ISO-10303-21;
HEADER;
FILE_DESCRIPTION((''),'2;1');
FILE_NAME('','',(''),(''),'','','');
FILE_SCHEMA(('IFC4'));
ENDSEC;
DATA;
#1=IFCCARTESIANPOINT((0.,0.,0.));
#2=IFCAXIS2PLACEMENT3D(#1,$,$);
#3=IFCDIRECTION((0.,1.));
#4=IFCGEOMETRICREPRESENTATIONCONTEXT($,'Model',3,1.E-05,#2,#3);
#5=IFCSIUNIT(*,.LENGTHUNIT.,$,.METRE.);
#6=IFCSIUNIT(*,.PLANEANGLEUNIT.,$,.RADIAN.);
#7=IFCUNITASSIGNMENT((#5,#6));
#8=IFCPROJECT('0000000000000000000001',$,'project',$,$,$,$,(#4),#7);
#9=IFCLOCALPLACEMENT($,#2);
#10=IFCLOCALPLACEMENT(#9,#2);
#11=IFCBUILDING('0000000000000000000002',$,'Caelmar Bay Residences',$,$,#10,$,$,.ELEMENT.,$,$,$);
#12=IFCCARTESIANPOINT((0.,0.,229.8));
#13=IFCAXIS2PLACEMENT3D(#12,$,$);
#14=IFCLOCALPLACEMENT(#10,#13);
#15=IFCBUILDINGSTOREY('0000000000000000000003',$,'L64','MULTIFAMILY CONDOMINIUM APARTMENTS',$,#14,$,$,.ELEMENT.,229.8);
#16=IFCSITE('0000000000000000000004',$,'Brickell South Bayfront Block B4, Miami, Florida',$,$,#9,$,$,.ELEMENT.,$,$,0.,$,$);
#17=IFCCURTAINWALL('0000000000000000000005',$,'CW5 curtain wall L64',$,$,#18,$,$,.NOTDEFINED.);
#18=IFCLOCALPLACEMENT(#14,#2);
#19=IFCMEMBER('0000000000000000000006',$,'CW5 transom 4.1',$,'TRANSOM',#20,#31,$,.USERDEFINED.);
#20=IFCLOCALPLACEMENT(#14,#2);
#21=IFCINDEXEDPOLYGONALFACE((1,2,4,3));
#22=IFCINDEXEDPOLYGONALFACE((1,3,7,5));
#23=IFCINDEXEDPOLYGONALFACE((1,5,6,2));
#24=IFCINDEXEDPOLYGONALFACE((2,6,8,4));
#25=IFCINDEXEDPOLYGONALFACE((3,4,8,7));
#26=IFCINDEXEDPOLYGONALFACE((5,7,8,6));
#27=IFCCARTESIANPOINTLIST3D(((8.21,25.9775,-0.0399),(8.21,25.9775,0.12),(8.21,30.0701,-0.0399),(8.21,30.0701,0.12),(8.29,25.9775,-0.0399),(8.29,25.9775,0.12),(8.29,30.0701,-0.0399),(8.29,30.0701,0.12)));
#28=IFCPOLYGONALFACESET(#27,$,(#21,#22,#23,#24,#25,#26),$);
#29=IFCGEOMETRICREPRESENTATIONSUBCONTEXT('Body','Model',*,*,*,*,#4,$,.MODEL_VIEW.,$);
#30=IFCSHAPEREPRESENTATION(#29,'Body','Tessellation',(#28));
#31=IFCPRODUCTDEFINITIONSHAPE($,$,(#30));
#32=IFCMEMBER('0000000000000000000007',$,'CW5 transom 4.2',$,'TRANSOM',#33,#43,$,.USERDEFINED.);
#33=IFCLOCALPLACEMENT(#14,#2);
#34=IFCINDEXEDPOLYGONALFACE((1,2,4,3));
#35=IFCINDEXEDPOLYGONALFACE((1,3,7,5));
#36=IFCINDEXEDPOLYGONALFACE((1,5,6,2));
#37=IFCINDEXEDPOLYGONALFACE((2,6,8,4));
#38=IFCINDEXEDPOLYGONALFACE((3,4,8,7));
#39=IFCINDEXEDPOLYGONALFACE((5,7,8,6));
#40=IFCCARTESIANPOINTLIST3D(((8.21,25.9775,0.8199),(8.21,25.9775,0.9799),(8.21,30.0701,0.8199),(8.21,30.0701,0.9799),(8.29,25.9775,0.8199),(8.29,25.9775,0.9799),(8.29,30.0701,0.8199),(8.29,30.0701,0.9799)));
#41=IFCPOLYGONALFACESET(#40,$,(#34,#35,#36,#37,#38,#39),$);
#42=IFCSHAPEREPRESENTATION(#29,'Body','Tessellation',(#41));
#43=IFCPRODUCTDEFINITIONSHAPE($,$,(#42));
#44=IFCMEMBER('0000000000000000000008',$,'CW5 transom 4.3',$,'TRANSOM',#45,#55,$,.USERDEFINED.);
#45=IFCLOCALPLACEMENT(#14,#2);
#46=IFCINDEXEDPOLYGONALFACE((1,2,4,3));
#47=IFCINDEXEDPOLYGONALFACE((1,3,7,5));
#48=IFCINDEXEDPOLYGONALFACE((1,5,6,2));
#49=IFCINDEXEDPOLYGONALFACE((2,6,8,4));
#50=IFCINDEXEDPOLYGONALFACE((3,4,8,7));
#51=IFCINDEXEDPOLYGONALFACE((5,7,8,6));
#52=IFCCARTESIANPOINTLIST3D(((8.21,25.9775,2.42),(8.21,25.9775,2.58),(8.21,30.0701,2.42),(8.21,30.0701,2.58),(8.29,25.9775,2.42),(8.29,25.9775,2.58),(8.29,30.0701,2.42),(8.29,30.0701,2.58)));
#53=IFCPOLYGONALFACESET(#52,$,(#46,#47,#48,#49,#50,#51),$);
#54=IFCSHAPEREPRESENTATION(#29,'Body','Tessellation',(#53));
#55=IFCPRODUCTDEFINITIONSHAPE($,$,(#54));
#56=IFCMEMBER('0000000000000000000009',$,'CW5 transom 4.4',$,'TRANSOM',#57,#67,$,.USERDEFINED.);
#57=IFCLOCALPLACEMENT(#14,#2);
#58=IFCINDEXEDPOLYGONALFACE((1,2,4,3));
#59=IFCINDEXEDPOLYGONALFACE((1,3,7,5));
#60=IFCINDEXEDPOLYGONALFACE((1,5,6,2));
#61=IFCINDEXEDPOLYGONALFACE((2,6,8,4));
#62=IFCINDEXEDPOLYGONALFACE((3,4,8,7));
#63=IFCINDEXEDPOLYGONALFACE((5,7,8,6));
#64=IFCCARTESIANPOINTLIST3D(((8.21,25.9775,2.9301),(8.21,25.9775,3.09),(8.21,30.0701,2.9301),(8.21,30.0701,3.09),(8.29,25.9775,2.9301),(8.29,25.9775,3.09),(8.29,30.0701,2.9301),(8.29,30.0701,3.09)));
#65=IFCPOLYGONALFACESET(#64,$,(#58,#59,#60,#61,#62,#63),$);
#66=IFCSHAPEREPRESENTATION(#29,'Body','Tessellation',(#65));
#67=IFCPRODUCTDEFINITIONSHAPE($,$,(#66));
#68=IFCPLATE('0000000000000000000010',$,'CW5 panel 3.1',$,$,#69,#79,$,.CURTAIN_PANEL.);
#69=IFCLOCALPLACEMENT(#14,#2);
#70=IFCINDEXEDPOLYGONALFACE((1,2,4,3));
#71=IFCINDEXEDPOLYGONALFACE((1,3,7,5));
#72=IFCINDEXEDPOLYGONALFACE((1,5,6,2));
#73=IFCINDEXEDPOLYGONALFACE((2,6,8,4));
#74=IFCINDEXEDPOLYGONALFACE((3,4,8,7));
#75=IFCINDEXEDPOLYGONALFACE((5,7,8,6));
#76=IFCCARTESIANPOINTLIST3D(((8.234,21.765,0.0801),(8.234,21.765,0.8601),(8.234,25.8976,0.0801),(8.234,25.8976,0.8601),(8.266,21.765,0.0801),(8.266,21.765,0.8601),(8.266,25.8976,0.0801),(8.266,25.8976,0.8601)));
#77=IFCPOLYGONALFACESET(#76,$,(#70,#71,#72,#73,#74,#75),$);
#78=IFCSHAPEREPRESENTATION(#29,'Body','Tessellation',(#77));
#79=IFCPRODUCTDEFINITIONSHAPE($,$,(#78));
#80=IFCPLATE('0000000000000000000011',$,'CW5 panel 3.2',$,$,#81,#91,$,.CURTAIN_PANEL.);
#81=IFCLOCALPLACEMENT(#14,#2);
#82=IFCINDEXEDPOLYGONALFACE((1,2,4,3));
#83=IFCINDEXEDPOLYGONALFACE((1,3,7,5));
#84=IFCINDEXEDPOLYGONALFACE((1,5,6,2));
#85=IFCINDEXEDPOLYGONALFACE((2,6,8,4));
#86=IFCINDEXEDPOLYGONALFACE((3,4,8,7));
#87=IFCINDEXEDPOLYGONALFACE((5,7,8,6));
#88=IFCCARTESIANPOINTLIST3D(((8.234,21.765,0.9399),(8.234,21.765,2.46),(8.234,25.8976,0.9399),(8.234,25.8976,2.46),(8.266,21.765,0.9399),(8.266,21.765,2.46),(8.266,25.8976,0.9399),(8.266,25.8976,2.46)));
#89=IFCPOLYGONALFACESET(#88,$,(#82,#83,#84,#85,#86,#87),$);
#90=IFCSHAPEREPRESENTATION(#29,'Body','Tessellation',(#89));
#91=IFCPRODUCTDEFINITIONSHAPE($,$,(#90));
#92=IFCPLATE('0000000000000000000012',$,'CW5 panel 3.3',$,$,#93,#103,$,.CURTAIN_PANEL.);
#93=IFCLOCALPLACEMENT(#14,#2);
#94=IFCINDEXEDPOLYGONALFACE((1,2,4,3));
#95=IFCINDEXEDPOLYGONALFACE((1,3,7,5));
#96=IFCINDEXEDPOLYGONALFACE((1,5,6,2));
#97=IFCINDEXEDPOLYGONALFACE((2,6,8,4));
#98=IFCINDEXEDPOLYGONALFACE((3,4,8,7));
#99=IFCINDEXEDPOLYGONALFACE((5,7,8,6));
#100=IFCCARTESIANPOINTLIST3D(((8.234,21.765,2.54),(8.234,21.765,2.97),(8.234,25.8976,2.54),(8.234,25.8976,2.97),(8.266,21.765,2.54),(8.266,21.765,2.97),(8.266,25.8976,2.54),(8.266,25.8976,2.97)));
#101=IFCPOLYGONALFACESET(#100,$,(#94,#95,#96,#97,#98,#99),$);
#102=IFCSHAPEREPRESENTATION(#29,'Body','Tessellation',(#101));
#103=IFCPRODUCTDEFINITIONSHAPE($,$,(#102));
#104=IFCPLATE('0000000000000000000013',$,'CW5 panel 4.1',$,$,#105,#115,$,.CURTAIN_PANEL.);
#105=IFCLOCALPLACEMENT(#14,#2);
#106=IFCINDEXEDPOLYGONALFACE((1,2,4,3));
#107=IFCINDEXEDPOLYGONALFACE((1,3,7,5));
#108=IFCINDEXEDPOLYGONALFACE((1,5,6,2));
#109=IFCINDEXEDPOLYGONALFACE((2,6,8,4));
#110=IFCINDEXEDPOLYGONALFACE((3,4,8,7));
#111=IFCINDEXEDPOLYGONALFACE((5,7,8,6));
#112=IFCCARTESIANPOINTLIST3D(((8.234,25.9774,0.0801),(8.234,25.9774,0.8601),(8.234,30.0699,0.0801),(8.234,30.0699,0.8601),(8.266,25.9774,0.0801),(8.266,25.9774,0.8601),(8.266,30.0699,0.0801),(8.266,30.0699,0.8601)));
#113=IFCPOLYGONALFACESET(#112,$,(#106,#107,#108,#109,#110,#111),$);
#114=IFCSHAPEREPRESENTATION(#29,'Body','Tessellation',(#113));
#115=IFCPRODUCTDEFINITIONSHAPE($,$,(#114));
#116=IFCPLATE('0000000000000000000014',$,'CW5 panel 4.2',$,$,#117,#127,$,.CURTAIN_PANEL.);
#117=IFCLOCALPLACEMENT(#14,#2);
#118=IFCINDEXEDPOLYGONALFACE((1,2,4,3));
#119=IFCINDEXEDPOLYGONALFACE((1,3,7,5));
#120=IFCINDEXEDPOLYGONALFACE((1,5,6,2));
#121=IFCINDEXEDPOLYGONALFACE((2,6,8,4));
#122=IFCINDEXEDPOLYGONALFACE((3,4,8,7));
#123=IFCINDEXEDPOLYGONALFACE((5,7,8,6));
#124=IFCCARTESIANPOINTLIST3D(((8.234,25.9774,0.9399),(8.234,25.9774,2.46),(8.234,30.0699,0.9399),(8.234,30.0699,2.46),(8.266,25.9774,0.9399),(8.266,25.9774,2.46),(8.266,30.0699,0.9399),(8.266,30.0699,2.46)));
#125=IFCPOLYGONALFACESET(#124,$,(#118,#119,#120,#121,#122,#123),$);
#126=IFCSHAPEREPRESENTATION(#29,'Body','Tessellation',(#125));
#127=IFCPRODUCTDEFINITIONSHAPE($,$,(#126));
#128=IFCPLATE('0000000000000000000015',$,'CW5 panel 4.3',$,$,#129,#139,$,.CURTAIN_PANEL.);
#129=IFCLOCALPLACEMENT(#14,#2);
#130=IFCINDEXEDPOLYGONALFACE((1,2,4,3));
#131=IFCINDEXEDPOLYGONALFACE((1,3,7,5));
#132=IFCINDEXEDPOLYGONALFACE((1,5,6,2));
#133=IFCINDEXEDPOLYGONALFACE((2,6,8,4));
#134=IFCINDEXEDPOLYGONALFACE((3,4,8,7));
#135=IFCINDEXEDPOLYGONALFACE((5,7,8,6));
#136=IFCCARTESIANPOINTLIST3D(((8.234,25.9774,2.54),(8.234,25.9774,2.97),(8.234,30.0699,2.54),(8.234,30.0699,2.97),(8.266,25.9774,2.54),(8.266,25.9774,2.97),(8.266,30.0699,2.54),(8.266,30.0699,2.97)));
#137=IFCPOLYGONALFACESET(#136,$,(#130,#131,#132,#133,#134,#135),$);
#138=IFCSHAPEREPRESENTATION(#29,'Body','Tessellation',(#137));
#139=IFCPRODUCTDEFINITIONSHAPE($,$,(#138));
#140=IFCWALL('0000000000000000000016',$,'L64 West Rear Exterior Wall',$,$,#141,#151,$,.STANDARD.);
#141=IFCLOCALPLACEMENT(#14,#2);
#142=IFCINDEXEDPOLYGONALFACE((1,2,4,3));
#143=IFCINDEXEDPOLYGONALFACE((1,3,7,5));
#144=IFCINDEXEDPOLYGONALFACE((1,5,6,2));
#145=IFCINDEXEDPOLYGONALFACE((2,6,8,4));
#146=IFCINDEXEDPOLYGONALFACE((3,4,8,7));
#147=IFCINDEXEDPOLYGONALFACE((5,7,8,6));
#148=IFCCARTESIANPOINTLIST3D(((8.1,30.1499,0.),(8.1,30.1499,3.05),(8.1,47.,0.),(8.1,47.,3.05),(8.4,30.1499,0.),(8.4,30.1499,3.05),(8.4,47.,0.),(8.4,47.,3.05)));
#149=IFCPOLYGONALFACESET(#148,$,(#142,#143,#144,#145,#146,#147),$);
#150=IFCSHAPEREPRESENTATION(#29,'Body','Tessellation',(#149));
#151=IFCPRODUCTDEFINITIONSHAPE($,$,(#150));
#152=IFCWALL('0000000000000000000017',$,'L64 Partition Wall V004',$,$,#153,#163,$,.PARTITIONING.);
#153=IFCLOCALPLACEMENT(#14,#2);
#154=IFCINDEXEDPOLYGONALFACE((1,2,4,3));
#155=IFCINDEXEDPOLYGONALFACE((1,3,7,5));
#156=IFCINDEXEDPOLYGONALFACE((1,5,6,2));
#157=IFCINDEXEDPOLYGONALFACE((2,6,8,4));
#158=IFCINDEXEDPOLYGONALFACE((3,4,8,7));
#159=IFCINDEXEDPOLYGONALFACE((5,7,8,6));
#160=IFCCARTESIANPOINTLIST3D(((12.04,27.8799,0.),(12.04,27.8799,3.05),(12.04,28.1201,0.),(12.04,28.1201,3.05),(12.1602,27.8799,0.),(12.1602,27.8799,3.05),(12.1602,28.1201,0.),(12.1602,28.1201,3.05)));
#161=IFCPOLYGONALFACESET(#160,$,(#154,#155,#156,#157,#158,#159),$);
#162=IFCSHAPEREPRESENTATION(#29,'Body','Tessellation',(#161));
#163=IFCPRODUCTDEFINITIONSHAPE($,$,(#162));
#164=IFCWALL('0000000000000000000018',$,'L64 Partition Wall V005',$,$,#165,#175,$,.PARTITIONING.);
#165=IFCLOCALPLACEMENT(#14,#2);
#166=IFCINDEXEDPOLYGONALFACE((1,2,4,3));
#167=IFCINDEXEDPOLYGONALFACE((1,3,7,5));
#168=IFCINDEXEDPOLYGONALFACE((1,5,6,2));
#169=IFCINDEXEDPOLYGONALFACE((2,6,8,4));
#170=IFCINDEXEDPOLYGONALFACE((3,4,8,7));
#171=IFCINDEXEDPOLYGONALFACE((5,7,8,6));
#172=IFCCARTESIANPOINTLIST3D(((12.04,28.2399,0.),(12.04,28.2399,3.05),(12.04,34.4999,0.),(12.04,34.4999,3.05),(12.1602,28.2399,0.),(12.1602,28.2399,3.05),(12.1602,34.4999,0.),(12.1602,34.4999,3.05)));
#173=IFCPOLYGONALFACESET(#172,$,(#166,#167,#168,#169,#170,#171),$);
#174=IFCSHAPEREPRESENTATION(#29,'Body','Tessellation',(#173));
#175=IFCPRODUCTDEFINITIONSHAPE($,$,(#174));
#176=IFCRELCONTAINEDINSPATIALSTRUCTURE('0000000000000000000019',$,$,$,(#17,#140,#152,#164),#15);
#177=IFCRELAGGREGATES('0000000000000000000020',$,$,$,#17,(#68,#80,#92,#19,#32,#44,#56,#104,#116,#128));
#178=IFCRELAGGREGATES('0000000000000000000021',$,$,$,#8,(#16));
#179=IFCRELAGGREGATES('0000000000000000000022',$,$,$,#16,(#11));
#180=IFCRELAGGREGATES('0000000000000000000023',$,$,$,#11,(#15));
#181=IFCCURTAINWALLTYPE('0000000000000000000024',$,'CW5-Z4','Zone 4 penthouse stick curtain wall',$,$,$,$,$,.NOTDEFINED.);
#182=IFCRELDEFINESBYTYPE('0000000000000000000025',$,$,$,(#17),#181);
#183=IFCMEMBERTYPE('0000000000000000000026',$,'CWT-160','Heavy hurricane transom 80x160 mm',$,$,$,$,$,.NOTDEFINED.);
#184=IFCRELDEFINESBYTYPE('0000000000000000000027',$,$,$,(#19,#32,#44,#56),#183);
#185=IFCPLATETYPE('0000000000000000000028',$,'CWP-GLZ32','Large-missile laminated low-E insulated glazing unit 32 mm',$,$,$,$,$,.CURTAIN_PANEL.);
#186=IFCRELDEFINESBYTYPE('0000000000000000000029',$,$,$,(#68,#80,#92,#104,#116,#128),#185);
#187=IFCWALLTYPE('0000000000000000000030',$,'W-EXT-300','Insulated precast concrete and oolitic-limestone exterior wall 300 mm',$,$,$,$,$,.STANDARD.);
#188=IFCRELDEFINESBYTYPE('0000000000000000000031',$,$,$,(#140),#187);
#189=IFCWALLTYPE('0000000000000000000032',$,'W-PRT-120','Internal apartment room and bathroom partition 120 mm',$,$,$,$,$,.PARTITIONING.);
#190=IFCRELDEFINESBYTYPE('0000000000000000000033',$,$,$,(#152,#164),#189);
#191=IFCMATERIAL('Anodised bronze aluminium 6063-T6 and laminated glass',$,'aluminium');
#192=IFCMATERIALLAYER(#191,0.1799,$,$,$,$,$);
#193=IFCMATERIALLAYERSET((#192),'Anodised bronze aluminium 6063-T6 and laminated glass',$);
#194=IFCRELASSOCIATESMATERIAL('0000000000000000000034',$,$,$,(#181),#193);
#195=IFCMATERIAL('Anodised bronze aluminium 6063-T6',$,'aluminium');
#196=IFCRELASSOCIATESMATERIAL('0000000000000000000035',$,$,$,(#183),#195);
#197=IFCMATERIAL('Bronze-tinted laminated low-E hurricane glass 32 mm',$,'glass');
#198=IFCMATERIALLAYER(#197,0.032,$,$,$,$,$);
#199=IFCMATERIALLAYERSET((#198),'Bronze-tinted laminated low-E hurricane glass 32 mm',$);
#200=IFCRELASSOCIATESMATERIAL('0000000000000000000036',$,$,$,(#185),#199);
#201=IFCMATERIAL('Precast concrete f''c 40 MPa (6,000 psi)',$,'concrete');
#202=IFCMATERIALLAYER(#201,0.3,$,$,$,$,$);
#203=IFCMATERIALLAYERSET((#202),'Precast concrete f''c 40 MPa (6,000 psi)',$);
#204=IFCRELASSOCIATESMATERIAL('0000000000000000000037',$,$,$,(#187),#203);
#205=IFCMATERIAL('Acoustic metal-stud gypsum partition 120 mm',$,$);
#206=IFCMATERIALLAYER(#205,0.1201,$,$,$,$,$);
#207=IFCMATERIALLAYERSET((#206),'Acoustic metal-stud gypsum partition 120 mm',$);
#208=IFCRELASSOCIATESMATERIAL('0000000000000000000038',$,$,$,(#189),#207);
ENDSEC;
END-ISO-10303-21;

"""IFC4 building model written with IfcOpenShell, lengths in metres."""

from ifc_helpers import new_model, si_unit, direction, frame, frame_2d, origin, origin_2d, place, context, subcontext, project, spatial, rectangle, extrude, material, layer, layer_set, material_profile, profile_set, type_object, element, aggregate, save


model = new_model("IFC4")

# Units and contexts
model_context = context("Model", 3, precision=1e-05, world=origin(), true_north=direction((0.0, 1.0)))
body_context = subcontext(model_context, "Body", "Model", "MODEL_VIEW")
ifc_project = project(units=[si_unit("LENGTHUNIT", "METRE"), si_unit("PLANEANGLEUNIT", "RADIAN")], contexts=[model_context])

# Site, building, storey
site_placement = place(None, origin())
site = spatial("IfcSite", under=ifc_project, at=site_placement, Name="Brickell South Bayfront Block B4, Miami, Florida", CompositionType="ELEMENT", RefElevation=0.0)
building_placement = place(site_placement, origin())
building = spatial("IfcBuilding", under=site, at=building_placement, Name="Caelmar Bay Residences", CompositionType="ELEMENT")
storey_placement = place(building_placement, frame((0.0, 0.0, 229.8)))
storey = spatial("IfcBuildingStorey", under=building, at=storey_placement, Name="L64", Description="MULTIFAMILY CONDOMINIUM APARTMENTS", CompositionType="ELEMENT", Elevation=229.8)

# Curtain wall, members, plates
ifc_material_1 = material(Name="Anodised bronze aluminium 6063-T6 and laminated glass", Category="aluminium")
ifc_layer_1 = layer(ifc_material_1, 0.1799)
ifc_layer_set_1 = layer_set([ifc_layer_1], Name="Anodised bronze aluminium 6063-T6 and laminated glass")
curtain_wall_type = type_object("IfcCurtainWallType", Name="CW5-Z4", Description="Zone 4 penthouse stick curtain wall", PredefinedType="NOTDEFINED", material=ifc_layer_set_1)
curtain_wall_placement = place(storey_placement, origin())
curtain_wall = element("IfcCurtainWall", 1, at=curtain_wall_placement, inside=storey, type_object=curtain_wall_type, Name="CW5 curtain wall L64", PredefinedType="NOTDEFINED")
ifc_material_2 = material(Name="Anodised bronze aluminium 6063-T6", Category="aluminium")
ifc_material_profile_1 = material_profile(ifc_material_2, rectangle(XDim=0.0801, YDim=0.1599, at=origin_2d()), Name="CWT-80X160")
ifc_profile_set_1 = profile_set([ifc_material_profile_1], Name="Anodised bronze aluminium 6063-T6")
member_type_1 = type_object("IfcMemberType", Name="CWT-160", Description="Heavy hurricane transom 80x160 mm", PredefinedType="NOTDEFINED", material=ifc_profile_set_1)
member_1_placement = place(storey_placement, frame((8.25, 25.9775, 0.04), z_axis=(0.0, 1.0, 0.0), x_axis=(-1.0, 0.0, 0.0)))
member_1 = element("IfcMember", 2, at=member_1_placement, type_object=member_type_1, Name="CW5 transom 4.1", ObjectType="TRANSOM", PredefinedType="USERDEFINED", context=body_context, shape_type="SweptSolid", body=[
    extrude(rectangle(XDim=0.0801, YDim=0.1599, at=origin_2d()), origin(), (0.0, 0.0, 1.0), 4.0925),
])
member_2_placement = place(storey_placement, frame((8.25, 25.9775, 0.8999), z_axis=(0.0, 1.0, 0.0), x_axis=(-1.0, 0.0, 0.0)))
member_2 = element("IfcMember", 3, at=member_2_placement, type_object=member_type_1, Name="CW5 transom 4.2", ObjectType="TRANSOM", PredefinedType="USERDEFINED", context=body_context, shape_type="SweptSolid", body=[
    extrude(rectangle(XDim=0.0801, YDim=0.1599, at=origin_2d()), origin(), (0.0, 0.0, 1.0), 4.0925),
])
member_3_placement = place(storey_placement, frame((8.25, 25.9775, 2.5), z_axis=(0.0, 1.0, 0.0), x_axis=(-1.0, 0.0, 0.0)))
member_3 = element("IfcMember", 4, at=member_3_placement, type_object=member_type_1, Name="CW5 transom 4.3", ObjectType="TRANSOM", PredefinedType="USERDEFINED", context=body_context, shape_type="SweptSolid", body=[
    extrude(rectangle(XDim=0.0801, YDim=0.1599, at=origin_2d()), origin(), (0.0, 0.0, 1.0), 4.0925),
])
member_4_placement = place(storey_placement, frame((8.25, 25.9775, 3.01), z_axis=(0.0, 1.0, 0.0), x_axis=(-1.0, 0.0, 0.0)))
member_4 = element("IfcMember", 5, at=member_4_placement, type_object=member_type_1, Name="CW5 transom 4.4", ObjectType="TRANSOM", PredefinedType="USERDEFINED", context=body_context, shape_type="SweptSolid", body=[
    extrude(rectangle(XDim=0.0801, YDim=0.1599, at=origin_2d()), origin(), (0.0, 0.0, 1.0), 4.0925),
])
ifc_material_3 = material(Name="Bronze-tinted laminated low-E hurricane glass 32 mm", Category="glass")
ifc_layer_2 = layer(ifc_material_3, 0.032)
ifc_layer_set_2 = layer_set([ifc_layer_2], Name="Bronze-tinted laminated low-E hurricane glass 32 mm")
plate_type = type_object("IfcPlateType", Name="CWP-GLZ32", Description="Large-missile laminated low-E insulated glazing unit 32 mm", PredefinedType="CURTAIN_PANEL", material=ifc_layer_set_2)
plate_1_placement = place(storey_placement, frame((8.25, 23.8313, 0.0801), z_axis=(0.0, 0.0, 1.0), x_axis=(0.0, 1.0, 0.0)))
plate_1 = element("IfcPlate", 6, at=plate_1_placement, type_object=plate_type, Name="CW5 panel 3.1", PredefinedType="CURTAIN_PANEL", context=body_context, shape_type="SweptSolid", body=[
    extrude(rectangle(XDim=4.1326, YDim=0.032, at=origin_2d()), origin(), (0.0, 0.0, 1.0), 0.78),
])
plate_2_placement = place(storey_placement, frame((8.25, 23.8313, 0.9399), z_axis=(0.0, 0.0, 1.0), x_axis=(0.0, 1.0, 0.0)))
plate_2 = element("IfcPlate", 7, at=plate_2_placement, type_object=plate_type, Name="CW5 panel 3.2", PredefinedType="CURTAIN_PANEL", context=body_context, shape_type="SweptSolid", body=[
    extrude(rectangle(XDim=4.1326, YDim=0.032, at=origin_2d()), origin(), (0.0, 0.0, 1.0), 1.52),
])
plate_3_placement = place(storey_placement, frame((8.25, 23.8313, 2.54), z_axis=(0.0, 0.0, 1.0), x_axis=(0.0, 1.0, 0.0)))
plate_3 = element("IfcPlate", 8, at=plate_3_placement, type_object=plate_type, Name="CW5 panel 3.3", PredefinedType="CURTAIN_PANEL", context=body_context, shape_type="SweptSolid", body=[
    extrude(rectangle(XDim=4.1326, YDim=0.032, at=origin_2d()), origin(), (0.0, 0.0, 1.0), 0.4299),
])
plate_4_placement = place(storey_placement, frame((8.25, 28.0237, 0.0801), z_axis=(0.0, 0.0, 1.0), x_axis=(0.0, 1.0, 0.0)))
plate_4 = element("IfcPlate", 9, at=plate_4_placement, type_object=plate_type, Name="CW5 panel 4.1", PredefinedType="CURTAIN_PANEL", context=body_context, shape_type="SweptSolid", body=[
    extrude(rectangle(XDim=4.0925, YDim=0.032, at=origin_2d()), origin(), (0.0, 0.0, 1.0), 0.78),
])
plate_5_placement = place(storey_placement, frame((8.25, 28.0237, 0.9399), z_axis=(0.0, 0.0, 1.0), x_axis=(0.0, 1.0, 0.0)))
plate_5 = element("IfcPlate", 10, at=plate_5_placement, type_object=plate_type, Name="CW5 panel 4.2", PredefinedType="CURTAIN_PANEL", context=body_context, shape_type="SweptSolid", body=[
    extrude(rectangle(XDim=4.0925, YDim=0.032, at=origin_2d()), origin(), (0.0, 0.0, 1.0), 1.52),
])
plate_6_placement = place(storey_placement, frame((8.25, 28.0237, 2.54), z_axis=(0.0, 0.0, 1.0), x_axis=(0.0, 1.0, 0.0)))
plate_6 = element("IfcPlate", 11, at=plate_6_placement, type_object=plate_type, Name="CW5 panel 4.3", PredefinedType="CURTAIN_PANEL", context=body_context, shape_type="SweptSolid", body=[
    extrude(rectangle(XDim=4.0925, YDim=0.032, at=origin_2d()), origin(), (0.0, 0.0, 1.0), 0.4299),
])
aggregate(curtain_wall, [plate_1, plate_2, plate_3, member_1, member_2, member_3, member_4, plate_4, plate_5, plate_6])

# Walls
ifc_material_4 = material(Name="Precast concrete f'c 40 MPa (6,000 psi)", Category="concrete")
ifc_layer_3 = layer(ifc_material_4, 0.3)
ifc_layer_set_3 = layer_set([ifc_layer_3], Name="Precast concrete f'c 40 MPa (6,000 psi)")
wall_type_1 = type_object("IfcWallType", Name="W-EXT-300", Description="Insulated precast concrete and oolitic-limestone exterior wall 300 mm", PredefinedType="STANDARD", material=ifc_layer_set_3)
wall_1_placement = place(storey_placement, frame((8.25, 30.1499, 0.0), z_axis=(0.0, 0.0, 1.0), x_axis=(0.0, 1.0, 0.0)))
element("IfcWall", 12, at=wall_1_placement, inside=storey, type_object=wall_type_1, Name="L64 West Rear Exterior Wall", PredefinedType="STANDARD", context=body_context, shape_type="SweptSolid", body=[
    extrude(rectangle(XDim=16.8501, YDim=0.3, at=frame_2d((8.425, 0.0))), origin(), (0.0, 0.0, 1.0), 3.05),
])
ifc_material_5 = material(Name="Acoustic metal-stud gypsum partition 120 mm")
ifc_layer_4 = layer(ifc_material_5, 0.1201)
ifc_layer_set_4 = layer_set([ifc_layer_4], Name="Acoustic metal-stud gypsum partition 120 mm")
wall_type_2 = type_object("IfcWallType", Name="W-PRT-120", Description="Internal apartment room and bathroom partition 120 mm", PredefinedType="PARTITIONING", material=ifc_layer_set_4)
wall_2_placement = place(storey_placement, frame((12.1001, 27.8799, 0.0), z_axis=(0.0, 0.0, 1.0), x_axis=(0.0, 1.0, 0.0)))
element("IfcWall", 13, at=wall_2_placement, inside=storey, type_object=wall_type_2, Name="L64 Partition Wall V004", PredefinedType="PARTITIONING", context=body_context, shape_type="SweptSolid", body=[
    extrude(rectangle(XDim=0.2402, YDim=0.1201, at=frame_2d((0.1201, 0.0))), origin(), (0.0, 0.0, 1.0), 3.05),
])
wall_3_placement = place(storey_placement, frame((12.1001, 28.24, 0.0), z_axis=(0.0, 0.0, 1.0), x_axis=(0.0, 1.0, 0.0)))
element("IfcWall", 14, at=wall_3_placement, inside=storey, type_object=wall_type_2, Name="L64 Partition Wall V005", PredefinedType="PARTITIONING", context=body_context, shape_type="SweptSolid", body=[
    extrude(rectangle(XDim=6.26, YDim=0.1201, at=frame_2d((3.1299, 0.0))), origin(), (0.0, 0.0, 1.0), 3.05),
])

save(model, "model.ifc")
